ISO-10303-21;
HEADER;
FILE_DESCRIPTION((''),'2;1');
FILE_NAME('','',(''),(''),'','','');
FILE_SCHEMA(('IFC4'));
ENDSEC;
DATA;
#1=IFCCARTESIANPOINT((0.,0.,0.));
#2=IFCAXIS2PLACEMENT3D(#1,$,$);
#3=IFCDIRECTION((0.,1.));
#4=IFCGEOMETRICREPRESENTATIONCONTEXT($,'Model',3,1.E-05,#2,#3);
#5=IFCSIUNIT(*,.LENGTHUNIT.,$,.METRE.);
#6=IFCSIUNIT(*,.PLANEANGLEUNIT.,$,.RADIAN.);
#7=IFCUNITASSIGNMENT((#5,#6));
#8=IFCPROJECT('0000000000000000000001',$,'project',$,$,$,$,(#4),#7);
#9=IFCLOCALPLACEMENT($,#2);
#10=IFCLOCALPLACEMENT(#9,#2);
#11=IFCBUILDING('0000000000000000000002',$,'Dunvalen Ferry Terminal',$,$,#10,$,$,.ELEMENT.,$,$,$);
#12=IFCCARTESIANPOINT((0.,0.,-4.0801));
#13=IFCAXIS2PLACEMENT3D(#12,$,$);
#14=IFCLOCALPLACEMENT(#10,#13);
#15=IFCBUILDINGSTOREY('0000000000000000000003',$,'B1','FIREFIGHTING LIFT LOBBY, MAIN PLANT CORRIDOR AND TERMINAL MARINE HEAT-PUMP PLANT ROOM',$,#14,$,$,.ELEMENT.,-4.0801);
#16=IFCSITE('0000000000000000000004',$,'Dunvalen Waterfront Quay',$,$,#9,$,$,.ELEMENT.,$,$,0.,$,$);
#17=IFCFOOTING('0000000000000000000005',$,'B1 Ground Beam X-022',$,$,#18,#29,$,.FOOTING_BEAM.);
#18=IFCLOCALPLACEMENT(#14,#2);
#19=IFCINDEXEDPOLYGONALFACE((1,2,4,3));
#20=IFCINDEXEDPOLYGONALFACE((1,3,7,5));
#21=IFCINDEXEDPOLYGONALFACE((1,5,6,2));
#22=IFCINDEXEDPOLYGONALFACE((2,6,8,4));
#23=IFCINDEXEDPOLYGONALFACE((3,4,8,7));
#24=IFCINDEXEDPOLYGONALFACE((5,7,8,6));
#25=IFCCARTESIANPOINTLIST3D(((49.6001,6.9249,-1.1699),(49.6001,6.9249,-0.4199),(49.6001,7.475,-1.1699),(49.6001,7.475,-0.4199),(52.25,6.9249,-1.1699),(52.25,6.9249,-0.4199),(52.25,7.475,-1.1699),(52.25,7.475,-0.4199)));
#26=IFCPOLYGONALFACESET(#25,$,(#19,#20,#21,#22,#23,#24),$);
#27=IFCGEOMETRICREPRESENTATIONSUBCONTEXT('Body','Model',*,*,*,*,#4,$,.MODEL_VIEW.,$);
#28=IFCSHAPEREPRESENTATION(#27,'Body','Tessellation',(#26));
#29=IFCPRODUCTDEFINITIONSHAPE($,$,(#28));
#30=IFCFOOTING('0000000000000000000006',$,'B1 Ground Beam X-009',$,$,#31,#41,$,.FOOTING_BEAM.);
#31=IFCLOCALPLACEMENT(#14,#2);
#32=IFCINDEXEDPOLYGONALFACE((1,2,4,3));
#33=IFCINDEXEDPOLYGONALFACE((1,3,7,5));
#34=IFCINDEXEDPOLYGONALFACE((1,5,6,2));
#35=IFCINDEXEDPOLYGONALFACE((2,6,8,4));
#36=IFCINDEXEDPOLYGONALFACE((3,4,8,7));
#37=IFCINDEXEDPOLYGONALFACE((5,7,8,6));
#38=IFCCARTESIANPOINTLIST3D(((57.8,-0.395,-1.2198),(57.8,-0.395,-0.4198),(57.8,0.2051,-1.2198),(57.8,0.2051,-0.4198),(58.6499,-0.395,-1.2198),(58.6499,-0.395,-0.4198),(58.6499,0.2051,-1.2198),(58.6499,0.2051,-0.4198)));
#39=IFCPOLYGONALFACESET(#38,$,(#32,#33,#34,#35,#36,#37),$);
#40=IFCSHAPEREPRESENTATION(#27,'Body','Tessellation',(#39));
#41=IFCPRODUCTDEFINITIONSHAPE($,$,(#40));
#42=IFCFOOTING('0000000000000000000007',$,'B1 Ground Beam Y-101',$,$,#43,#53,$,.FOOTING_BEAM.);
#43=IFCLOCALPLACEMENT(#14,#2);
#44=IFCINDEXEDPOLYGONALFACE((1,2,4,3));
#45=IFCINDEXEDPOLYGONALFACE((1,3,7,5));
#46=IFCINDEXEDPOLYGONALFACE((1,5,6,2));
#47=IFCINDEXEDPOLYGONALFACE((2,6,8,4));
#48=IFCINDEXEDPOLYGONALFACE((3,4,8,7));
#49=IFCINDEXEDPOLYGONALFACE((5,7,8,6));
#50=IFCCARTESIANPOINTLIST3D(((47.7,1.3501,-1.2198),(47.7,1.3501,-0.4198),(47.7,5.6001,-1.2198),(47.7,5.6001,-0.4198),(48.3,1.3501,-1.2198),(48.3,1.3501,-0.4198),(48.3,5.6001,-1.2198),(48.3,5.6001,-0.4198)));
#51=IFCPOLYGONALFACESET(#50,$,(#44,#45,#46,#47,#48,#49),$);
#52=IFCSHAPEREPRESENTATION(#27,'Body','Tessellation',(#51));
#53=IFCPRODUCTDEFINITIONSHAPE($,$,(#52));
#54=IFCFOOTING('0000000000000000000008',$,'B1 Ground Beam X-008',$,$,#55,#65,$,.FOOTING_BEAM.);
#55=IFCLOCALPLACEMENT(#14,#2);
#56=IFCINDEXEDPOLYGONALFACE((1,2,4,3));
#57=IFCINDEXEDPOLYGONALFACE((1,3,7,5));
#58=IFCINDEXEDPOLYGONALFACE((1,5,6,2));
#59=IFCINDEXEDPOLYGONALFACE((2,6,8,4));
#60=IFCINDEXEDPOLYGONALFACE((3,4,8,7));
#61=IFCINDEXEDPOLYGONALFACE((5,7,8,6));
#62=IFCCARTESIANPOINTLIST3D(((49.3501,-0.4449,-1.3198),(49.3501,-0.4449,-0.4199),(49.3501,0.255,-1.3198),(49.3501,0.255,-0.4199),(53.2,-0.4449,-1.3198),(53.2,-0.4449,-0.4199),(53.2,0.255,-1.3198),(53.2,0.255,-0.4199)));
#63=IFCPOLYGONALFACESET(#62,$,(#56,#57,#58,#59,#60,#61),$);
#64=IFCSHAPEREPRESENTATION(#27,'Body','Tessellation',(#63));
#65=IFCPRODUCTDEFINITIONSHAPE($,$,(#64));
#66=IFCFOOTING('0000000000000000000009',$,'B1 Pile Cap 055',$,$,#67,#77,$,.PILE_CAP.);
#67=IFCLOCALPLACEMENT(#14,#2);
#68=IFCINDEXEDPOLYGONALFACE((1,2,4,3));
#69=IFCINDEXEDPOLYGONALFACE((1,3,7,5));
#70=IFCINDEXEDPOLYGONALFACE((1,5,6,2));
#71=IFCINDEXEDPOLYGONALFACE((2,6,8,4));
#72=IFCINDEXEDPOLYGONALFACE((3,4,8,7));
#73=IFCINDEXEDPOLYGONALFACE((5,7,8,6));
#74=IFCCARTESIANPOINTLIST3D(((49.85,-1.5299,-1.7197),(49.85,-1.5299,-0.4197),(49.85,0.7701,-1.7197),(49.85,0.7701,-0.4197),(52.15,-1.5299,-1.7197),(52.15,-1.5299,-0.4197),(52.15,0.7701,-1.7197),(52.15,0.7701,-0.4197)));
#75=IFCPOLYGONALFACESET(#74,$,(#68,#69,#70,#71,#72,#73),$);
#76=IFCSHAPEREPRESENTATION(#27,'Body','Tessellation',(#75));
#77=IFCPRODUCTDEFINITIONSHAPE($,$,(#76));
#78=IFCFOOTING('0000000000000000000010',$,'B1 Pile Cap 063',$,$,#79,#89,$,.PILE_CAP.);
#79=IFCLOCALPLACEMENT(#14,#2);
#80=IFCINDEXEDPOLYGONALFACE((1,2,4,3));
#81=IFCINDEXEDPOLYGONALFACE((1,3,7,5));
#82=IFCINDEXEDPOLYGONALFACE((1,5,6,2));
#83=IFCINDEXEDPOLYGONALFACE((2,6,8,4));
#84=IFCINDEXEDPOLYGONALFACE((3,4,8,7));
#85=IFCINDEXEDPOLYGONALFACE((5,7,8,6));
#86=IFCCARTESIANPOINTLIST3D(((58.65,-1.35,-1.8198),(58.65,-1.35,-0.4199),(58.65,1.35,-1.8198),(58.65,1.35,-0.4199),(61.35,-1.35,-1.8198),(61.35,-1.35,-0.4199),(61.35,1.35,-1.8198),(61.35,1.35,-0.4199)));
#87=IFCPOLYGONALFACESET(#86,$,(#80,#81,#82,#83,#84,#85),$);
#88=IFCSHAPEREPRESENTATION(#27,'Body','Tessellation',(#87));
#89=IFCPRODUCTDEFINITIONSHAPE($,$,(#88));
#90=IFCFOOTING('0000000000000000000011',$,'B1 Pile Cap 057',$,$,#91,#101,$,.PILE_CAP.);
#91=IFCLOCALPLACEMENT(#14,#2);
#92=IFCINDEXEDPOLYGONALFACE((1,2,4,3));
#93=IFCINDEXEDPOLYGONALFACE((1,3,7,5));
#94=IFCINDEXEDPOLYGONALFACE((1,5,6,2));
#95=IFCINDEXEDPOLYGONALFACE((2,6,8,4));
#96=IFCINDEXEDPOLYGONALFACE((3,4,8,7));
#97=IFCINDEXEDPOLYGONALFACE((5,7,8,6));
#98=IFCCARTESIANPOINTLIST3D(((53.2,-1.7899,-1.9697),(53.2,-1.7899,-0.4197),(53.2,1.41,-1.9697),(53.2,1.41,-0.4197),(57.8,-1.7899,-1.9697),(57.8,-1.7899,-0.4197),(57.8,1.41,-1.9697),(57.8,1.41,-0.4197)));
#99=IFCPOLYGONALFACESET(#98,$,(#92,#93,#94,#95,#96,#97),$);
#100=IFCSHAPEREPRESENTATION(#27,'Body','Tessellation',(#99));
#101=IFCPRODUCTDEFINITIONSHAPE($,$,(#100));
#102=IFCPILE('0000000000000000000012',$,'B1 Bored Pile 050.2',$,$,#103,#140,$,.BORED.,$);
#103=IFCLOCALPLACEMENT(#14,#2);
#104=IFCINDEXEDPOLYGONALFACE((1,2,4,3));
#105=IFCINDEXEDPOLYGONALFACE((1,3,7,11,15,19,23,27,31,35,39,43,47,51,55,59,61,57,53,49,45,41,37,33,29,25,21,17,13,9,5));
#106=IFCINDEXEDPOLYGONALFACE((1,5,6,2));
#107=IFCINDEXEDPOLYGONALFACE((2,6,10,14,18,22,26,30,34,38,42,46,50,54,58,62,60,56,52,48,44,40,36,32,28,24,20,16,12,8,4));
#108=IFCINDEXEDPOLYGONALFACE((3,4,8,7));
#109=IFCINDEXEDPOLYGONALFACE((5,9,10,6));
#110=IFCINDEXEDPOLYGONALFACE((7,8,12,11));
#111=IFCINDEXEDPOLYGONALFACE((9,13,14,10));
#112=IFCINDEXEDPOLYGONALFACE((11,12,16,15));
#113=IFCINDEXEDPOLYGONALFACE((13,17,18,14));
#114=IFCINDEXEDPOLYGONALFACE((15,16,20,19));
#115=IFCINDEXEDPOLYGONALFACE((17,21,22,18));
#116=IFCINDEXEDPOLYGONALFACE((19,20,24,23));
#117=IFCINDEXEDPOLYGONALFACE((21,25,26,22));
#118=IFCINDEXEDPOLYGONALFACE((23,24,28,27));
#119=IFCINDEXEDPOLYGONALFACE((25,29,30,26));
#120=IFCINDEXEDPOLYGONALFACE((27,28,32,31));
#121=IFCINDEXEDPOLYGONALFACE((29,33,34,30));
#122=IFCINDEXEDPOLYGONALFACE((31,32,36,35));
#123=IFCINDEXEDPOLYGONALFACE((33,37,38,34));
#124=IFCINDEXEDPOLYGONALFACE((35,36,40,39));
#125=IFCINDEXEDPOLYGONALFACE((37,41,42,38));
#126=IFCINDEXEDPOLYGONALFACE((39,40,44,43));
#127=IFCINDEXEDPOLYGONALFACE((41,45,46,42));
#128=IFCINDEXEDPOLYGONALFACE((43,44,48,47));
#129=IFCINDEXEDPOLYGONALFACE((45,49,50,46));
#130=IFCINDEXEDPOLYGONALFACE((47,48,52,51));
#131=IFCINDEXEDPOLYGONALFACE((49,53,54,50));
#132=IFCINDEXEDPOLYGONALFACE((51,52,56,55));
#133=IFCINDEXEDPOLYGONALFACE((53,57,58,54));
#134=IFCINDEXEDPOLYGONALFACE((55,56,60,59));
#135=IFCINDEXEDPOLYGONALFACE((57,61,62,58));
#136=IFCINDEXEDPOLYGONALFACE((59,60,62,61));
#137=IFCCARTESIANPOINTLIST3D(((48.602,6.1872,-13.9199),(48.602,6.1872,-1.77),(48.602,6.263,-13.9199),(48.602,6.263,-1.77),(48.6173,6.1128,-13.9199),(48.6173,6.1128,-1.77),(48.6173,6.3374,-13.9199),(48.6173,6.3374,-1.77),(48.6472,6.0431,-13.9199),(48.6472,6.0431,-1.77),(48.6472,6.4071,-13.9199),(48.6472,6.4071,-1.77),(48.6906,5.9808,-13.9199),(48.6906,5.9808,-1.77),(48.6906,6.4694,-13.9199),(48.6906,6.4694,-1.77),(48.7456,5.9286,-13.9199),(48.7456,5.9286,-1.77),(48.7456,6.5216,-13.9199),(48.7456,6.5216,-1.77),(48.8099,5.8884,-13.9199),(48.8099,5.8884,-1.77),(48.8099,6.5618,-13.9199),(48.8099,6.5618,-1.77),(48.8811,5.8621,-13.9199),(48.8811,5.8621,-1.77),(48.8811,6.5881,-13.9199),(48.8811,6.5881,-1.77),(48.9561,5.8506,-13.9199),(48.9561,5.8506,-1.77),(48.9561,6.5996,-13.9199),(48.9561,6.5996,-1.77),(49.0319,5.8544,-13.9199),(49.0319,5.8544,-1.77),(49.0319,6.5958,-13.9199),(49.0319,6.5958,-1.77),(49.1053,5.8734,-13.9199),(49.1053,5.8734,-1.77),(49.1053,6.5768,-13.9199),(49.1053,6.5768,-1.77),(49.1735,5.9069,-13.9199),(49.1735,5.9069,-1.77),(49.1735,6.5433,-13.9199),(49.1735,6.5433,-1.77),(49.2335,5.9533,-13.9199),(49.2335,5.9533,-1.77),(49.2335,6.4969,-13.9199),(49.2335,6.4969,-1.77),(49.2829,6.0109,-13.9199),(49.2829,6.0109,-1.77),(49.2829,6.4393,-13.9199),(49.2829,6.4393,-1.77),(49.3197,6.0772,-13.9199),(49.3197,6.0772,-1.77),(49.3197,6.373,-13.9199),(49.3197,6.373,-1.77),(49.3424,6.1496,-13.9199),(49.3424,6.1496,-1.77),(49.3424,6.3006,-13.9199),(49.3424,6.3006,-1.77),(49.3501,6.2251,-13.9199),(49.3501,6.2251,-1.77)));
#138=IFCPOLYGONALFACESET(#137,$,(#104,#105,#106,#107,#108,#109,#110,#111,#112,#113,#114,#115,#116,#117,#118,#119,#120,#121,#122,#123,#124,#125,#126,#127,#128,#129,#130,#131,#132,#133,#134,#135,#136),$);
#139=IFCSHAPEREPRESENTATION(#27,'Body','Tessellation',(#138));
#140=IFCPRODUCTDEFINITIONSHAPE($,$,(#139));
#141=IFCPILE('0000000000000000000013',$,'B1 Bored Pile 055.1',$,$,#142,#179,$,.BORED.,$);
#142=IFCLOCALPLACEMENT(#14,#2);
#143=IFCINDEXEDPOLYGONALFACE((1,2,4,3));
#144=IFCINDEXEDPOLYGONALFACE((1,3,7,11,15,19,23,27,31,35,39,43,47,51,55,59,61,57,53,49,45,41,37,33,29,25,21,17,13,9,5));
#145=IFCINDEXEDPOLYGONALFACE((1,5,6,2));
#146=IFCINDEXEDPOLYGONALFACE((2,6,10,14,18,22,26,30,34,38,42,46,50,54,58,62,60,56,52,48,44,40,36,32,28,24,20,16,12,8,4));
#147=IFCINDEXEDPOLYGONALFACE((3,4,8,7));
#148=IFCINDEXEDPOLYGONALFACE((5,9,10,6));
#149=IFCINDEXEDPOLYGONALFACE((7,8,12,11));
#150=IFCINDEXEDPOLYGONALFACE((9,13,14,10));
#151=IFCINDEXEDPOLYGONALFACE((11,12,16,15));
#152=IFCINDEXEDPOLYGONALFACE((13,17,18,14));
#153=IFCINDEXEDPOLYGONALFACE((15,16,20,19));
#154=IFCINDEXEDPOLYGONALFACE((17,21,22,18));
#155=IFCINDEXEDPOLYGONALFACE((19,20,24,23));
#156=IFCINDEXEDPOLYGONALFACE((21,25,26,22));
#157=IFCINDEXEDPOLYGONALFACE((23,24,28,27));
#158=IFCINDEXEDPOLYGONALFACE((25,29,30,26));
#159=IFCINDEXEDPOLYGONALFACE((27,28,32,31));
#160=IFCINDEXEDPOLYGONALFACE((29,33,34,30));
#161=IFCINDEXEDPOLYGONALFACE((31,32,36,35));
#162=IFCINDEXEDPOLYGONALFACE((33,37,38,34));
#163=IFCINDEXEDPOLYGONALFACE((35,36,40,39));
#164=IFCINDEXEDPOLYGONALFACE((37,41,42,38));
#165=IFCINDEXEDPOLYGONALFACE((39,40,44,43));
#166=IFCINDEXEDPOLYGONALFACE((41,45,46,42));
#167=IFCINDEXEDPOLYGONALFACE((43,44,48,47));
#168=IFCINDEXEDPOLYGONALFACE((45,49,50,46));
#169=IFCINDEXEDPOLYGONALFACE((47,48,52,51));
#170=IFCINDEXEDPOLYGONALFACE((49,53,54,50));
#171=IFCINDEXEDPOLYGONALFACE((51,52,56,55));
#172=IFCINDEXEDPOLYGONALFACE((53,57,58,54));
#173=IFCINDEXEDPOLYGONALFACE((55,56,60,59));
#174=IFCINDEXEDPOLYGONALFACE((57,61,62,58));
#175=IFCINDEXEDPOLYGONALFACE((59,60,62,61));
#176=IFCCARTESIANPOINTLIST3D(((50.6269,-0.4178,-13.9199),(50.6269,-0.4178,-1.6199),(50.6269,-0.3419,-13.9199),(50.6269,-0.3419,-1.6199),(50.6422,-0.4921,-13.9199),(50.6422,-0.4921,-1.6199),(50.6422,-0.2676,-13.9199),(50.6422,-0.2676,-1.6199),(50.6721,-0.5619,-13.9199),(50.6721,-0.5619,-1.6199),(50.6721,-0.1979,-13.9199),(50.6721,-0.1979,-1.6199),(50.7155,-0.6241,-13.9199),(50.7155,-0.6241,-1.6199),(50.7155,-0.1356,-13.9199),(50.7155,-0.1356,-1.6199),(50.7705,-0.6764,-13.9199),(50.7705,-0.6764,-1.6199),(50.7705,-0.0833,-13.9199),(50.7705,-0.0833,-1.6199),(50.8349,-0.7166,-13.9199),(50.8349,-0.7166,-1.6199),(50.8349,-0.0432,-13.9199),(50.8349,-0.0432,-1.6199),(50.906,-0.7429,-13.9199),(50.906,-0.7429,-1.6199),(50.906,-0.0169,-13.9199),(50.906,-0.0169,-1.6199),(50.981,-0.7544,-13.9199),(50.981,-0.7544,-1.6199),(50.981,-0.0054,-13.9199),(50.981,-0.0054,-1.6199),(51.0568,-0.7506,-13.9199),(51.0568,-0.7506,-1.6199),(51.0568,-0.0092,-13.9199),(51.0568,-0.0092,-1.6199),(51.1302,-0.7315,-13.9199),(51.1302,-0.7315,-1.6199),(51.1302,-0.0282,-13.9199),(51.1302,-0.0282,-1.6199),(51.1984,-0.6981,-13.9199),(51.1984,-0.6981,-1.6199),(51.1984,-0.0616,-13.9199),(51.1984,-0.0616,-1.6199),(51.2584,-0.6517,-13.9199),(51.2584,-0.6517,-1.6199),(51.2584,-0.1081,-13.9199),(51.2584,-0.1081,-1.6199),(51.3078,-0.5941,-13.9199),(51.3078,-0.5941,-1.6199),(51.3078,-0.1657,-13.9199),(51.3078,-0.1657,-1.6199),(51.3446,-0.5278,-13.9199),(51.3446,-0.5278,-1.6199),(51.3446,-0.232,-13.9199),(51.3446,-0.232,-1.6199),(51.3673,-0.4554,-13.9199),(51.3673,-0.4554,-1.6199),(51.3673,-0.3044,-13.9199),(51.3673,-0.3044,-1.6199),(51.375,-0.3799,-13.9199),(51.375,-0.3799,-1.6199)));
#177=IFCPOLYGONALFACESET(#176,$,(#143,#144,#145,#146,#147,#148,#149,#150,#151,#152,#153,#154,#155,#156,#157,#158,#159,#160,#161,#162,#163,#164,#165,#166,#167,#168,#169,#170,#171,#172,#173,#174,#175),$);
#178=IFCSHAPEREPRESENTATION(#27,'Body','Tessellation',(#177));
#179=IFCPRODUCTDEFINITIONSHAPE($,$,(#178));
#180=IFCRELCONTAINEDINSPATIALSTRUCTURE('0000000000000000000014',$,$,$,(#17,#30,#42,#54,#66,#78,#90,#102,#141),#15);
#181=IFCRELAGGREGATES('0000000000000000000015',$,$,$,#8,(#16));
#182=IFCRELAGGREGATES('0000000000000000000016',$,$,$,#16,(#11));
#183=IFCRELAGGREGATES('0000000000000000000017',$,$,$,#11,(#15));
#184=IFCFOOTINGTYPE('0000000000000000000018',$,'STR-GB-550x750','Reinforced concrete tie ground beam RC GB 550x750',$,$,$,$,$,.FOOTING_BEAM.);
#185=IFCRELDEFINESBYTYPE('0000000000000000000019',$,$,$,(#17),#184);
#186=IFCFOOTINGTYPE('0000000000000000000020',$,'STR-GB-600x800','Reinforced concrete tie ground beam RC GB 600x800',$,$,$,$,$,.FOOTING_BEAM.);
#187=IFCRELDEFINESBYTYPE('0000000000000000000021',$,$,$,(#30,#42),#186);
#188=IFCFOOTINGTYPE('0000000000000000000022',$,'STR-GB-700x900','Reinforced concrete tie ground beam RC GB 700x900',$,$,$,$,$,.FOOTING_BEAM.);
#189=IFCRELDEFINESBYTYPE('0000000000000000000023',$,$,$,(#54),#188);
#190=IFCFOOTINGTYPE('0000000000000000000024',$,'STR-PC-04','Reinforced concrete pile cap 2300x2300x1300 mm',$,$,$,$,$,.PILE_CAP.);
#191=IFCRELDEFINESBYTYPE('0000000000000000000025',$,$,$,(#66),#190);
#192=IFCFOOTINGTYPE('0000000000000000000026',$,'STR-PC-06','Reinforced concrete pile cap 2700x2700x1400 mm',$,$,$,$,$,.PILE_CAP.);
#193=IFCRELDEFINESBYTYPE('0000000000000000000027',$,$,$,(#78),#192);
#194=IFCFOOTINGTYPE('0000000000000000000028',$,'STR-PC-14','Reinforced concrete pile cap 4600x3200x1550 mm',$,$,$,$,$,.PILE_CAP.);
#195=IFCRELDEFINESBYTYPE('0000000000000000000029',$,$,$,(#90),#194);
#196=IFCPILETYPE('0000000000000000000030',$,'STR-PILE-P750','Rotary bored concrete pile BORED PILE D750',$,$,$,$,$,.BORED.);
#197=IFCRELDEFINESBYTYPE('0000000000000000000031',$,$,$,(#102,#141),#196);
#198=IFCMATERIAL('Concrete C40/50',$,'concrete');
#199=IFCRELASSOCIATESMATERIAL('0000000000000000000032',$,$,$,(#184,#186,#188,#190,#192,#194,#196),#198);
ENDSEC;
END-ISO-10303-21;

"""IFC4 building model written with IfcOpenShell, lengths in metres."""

from ifc_helpers import new_model, si_unit, direction, frame, origin, origin_2d, place, context, subcontext, project, spatial, rectangle, circle, extrude, material, material_profile, profile_set, type_object, element, save


model = new_model("IFC4")

# Units and contexts
model_context = context("Model", 3, precision=1e-05, world=origin(), true_north=direction((0.0, 1.0)))
body_context = subcontext(model_context, "Body", "Model", "MODEL_VIEW")
ifc_project = project(units=[si_unit("LENGTHUNIT", "METRE"), si_unit("PLANEANGLEUNIT", "RADIAN")], contexts=[model_context])

# Site, building, storey
site_placement = place(None, origin())
site = spatial("IfcSite", under=ifc_project, at=site_placement, Name="Dunvalen Waterfront Quay", CompositionType="ELEMENT", RefElevation=0.0)
building_placement = place(site_placement, origin())
building = spatial("IfcBuilding", under=site, at=building_placement, Name="Dunvalen Ferry Terminal", CompositionType="ELEMENT")
storey_placement = place(building_placement, frame((0.0, 0.0, -4.0801)))
storey = spatial("IfcBuildingStorey", under=building, at=storey_placement, Name="B1", Description="FIREFIGHTING LIFT LOBBY, MAIN PLANT CORRIDOR AND TERMINAL MARINE HEAT-PUMP PLANT ROOM", CompositionType="ELEMENT", Elevation=-4.0801)

# Footings
ifc_material_1 = material(Name="Concrete C40/50", Category="concrete")
ifc_material_profile_1 = material_profile(ifc_material_1, rectangle(XDim=0.55, YDim=0.75, at=origin_2d()), Name="Concrete C40/50")
ifc_profile_set_1 = profile_set([ifc_material_profile_1], Name="Concrete C40/50")
footing_type_1 = type_object("IfcFootingType", Name="STR-GB-550x750", Description="Reinforced concrete tie ground beam RC GB 550x750", PredefinedType="FOOTING_BEAM", material=ifc_profile_set_1)
footing_1_placement = place(storey_placement, frame((49.6001, 7.2, -0.7949), z_axis=(1.0, 0.0, 0.0), x_axis=(0.0, 1.0, 0.0)))
element("IfcFooting", 1, at=footing_1_placement, inside=storey, type_object=footing_type_1, Name="B1 Ground Beam X-022", PredefinedType="FOOTING_BEAM", context=body_context, shape_type="SweptSolid", body=[
    extrude(rectangle(XDim=0.55, YDim=0.75, at=origin_2d()), origin(), (0.0, 0.0, 1.0), 2.6499),
])
ifc_material_profile_2 = material_profile(ifc_material_1, rectangle(XDim=0.6001, YDim=0.8, at=origin_2d()), Name="Concrete C40/50")
ifc_profile_set_2 = profile_set([ifc_material_profile_2], Name="Concrete C40/50")
footing_type_2 = type_object("IfcFootingType", Name="STR-GB-600x800", Description="Reinforced concrete tie ground beam RC GB 600x800", PredefinedType="FOOTING_BEAM", material=ifc_profile_set_2)
footing_2_placement = place(storey_placement, frame((57.8, -0.095, -0.8198), z_axis=(1.0, 0.0, 0.0), x_axis=(0.0, 1.0, 0.0)))
element("IfcFooting", 2, at=footing_2_placement, inside=storey, type_object=footing_type_2, Name="B1 Ground Beam X-009", PredefinedType="FOOTING_BEAM", context=body_context, shape_type="SweptSolid", body=[
    extrude(rectangle(XDim=0.6001, YDim=0.8, at=origin_2d()), origin(), (0.0, 0.0, 1.0), 0.8499),
])
footing_3_placement = place(storey_placement, frame((48.0, 1.3501, -0.8198), z_axis=(0.0, 1.0, 0.0), x_axis=(-1.0, 0.0, 0.0)))
element("IfcFooting", 3, at=footing_3_placement, inside=storey, type_object=footing_type_2, Name="B1 Ground Beam Y-101", PredefinedType="FOOTING_BEAM", context=body_context, shape_type="SweptSolid", body=[
    extrude(rectangle(XDim=0.6001, YDim=0.8, at=origin_2d()), origin(), (0.0, 0.0, 1.0), 4.25),
])
ifc_material_profile_3 = material_profile(ifc_material_1, rectangle(XDim=0.7, YDim=0.8999, at=origin_2d()), Name="Concrete C40/50")
ifc_profile_set_3 = profile_set([ifc_material_profile_3], Name="Concrete C40/50")
footing_type_3 = type_object("IfcFootingType", Name="STR-GB-700x900", Description="Reinforced concrete tie ground beam RC GB 700x900", PredefinedType="FOOTING_BEAM", material=ifc_profile_set_3)
footing_4_placement = place(storey_placement, frame((49.3501, -0.095, -0.8699), z_axis=(1.0, 0.0, 0.0), x_axis=(0.0, 1.0, 0.0)))
element("IfcFooting", 4, at=footing_4_placement, inside=storey, type_object=footing_type_3, Name="B1 Ground Beam X-008", PredefinedType="FOOTING_BEAM", context=body_context, shape_type="SweptSolid", body=[
    extrude(rectangle(XDim=0.7, YDim=0.8999, at=origin_2d()), origin(), (0.0, 0.0, 1.0), 3.8499),
])
footing_type_4 = type_object("IfcFootingType", Name="STR-PC-04", Description="Reinforced concrete pile cap 2300x2300x1300 mm", PredefinedType="PILE_CAP", material=ifc_material_1)
footing_5_placement = place(storey_placement, frame((51.0, -0.3799, -1.7197), z_axis=(0.0, 0.0, 1.0), x_axis=(1.0, 0.0, 0.0)))
element("IfcFooting", 5, at=footing_5_placement, inside=storey, type_object=footing_type_4, Name="B1 Pile Cap 055", PredefinedType="PILE_CAP", context=body_context, shape_type="SweptSolid", body=[
    extrude(rectangle(XDim=2.3, YDim=2.3, at=origin_2d()), origin(), (0.0, 0.0, 1.0), 1.3),
])
footing_type_5 = type_object("IfcFootingType", Name="STR-PC-06", Description="Reinforced concrete pile cap 2700x2700x1400 mm", PredefinedType="PILE_CAP", material=ifc_material_1)
footing_6_placement = place(storey_placement, frame((60.0, 0.0, -1.8198), z_axis=(0.0, 0.0, 1.0), x_axis=(1.0, 0.0, 0.0)))
element("IfcFooting", 6, at=footing_6_placement, inside=storey, type_object=footing_type_5, Name="B1 Pile Cap 063", PredefinedType="PILE_CAP", context=body_context, shape_type="SweptSolid", body=[
    extrude(rectangle(XDim=2.7, YDim=2.7, at=origin_2d()), origin(), (0.0, 0.0, 1.0), 1.3999),
])
footing_type_6 = type_object("IfcFootingType", Name="STR-PC-14", Description="Reinforced concrete pile cap 4600x3200x1550 mm", PredefinedType="PILE_CAP", material=ifc_material_1)
footing_7_placement = place(storey_placement, frame((55.5, -0.1899, -1.9697), z_axis=(0.0, 0.0, 1.0), x_axis=(1.0, 0.0, 0.0)))
element("IfcFooting", 7, at=footing_7_placement, inside=storey, type_object=footing_type_6, Name="B1 Pile Cap 057", PredefinedType="PILE_CAP", context=body_context, shape_type="SweptSolid", body=[
    extrude(rectangle(XDim=4.6001, YDim=3.2, at=origin_2d()), origin(), (0.0, 0.0, 1.0), 1.55),
])

# Piles
ifc_material_profile_4 = material_profile(ifc_material_1, circle(Radius=0.375, at=origin_2d()), Name="Concrete C40/50")
ifc_profile_set_4 = profile_set([ifc_material_profile_4], Name="Concrete C40/50")
pile_type_1 = type_object("IfcPileType", Name="STR-PILE-P750", Description="Rotary bored concrete pile BORED PILE D750", PredefinedType="BORED", material=ifc_profile_set_4)
pile_1_placement = place(storey_placement, frame((48.9751, 6.2251, -1.77), z_axis=(0.0, 0.0, -1.0), x_axis=(1.0, 0.0, 0.0)))
element("IfcPile", 8, at=pile_1_placement, inside=storey, type_object=pile_type_1, Name="B1 Bored Pile 050.2", PredefinedType="BORED", context=body_context, shape_type="SweptSolid", body=[
    extrude(circle(Radius=0.375, at=origin_2d()), origin(), (0.0, 0.0, 1.0), 12.1499),
])
pile_2_placement = place(storey_placement, frame((51.0, -0.3799, -1.6199), z_axis=(0.0, 0.0, -1.0), x_axis=(1.0, 0.0, 0.0)))
element("IfcPile", 9, at=pile_2_placement, inside=storey, type_object=pile_type_1, Name="B1 Bored Pile 055.1", PredefinedType="BORED", context=body_context, shape_type="SweptSolid", body=[
    extrude(circle(Radius=0.375, at=origin_2d()), origin(), (0.0, 0.0, 1.0), 12.3),
])

save(model, "model.ifc")
